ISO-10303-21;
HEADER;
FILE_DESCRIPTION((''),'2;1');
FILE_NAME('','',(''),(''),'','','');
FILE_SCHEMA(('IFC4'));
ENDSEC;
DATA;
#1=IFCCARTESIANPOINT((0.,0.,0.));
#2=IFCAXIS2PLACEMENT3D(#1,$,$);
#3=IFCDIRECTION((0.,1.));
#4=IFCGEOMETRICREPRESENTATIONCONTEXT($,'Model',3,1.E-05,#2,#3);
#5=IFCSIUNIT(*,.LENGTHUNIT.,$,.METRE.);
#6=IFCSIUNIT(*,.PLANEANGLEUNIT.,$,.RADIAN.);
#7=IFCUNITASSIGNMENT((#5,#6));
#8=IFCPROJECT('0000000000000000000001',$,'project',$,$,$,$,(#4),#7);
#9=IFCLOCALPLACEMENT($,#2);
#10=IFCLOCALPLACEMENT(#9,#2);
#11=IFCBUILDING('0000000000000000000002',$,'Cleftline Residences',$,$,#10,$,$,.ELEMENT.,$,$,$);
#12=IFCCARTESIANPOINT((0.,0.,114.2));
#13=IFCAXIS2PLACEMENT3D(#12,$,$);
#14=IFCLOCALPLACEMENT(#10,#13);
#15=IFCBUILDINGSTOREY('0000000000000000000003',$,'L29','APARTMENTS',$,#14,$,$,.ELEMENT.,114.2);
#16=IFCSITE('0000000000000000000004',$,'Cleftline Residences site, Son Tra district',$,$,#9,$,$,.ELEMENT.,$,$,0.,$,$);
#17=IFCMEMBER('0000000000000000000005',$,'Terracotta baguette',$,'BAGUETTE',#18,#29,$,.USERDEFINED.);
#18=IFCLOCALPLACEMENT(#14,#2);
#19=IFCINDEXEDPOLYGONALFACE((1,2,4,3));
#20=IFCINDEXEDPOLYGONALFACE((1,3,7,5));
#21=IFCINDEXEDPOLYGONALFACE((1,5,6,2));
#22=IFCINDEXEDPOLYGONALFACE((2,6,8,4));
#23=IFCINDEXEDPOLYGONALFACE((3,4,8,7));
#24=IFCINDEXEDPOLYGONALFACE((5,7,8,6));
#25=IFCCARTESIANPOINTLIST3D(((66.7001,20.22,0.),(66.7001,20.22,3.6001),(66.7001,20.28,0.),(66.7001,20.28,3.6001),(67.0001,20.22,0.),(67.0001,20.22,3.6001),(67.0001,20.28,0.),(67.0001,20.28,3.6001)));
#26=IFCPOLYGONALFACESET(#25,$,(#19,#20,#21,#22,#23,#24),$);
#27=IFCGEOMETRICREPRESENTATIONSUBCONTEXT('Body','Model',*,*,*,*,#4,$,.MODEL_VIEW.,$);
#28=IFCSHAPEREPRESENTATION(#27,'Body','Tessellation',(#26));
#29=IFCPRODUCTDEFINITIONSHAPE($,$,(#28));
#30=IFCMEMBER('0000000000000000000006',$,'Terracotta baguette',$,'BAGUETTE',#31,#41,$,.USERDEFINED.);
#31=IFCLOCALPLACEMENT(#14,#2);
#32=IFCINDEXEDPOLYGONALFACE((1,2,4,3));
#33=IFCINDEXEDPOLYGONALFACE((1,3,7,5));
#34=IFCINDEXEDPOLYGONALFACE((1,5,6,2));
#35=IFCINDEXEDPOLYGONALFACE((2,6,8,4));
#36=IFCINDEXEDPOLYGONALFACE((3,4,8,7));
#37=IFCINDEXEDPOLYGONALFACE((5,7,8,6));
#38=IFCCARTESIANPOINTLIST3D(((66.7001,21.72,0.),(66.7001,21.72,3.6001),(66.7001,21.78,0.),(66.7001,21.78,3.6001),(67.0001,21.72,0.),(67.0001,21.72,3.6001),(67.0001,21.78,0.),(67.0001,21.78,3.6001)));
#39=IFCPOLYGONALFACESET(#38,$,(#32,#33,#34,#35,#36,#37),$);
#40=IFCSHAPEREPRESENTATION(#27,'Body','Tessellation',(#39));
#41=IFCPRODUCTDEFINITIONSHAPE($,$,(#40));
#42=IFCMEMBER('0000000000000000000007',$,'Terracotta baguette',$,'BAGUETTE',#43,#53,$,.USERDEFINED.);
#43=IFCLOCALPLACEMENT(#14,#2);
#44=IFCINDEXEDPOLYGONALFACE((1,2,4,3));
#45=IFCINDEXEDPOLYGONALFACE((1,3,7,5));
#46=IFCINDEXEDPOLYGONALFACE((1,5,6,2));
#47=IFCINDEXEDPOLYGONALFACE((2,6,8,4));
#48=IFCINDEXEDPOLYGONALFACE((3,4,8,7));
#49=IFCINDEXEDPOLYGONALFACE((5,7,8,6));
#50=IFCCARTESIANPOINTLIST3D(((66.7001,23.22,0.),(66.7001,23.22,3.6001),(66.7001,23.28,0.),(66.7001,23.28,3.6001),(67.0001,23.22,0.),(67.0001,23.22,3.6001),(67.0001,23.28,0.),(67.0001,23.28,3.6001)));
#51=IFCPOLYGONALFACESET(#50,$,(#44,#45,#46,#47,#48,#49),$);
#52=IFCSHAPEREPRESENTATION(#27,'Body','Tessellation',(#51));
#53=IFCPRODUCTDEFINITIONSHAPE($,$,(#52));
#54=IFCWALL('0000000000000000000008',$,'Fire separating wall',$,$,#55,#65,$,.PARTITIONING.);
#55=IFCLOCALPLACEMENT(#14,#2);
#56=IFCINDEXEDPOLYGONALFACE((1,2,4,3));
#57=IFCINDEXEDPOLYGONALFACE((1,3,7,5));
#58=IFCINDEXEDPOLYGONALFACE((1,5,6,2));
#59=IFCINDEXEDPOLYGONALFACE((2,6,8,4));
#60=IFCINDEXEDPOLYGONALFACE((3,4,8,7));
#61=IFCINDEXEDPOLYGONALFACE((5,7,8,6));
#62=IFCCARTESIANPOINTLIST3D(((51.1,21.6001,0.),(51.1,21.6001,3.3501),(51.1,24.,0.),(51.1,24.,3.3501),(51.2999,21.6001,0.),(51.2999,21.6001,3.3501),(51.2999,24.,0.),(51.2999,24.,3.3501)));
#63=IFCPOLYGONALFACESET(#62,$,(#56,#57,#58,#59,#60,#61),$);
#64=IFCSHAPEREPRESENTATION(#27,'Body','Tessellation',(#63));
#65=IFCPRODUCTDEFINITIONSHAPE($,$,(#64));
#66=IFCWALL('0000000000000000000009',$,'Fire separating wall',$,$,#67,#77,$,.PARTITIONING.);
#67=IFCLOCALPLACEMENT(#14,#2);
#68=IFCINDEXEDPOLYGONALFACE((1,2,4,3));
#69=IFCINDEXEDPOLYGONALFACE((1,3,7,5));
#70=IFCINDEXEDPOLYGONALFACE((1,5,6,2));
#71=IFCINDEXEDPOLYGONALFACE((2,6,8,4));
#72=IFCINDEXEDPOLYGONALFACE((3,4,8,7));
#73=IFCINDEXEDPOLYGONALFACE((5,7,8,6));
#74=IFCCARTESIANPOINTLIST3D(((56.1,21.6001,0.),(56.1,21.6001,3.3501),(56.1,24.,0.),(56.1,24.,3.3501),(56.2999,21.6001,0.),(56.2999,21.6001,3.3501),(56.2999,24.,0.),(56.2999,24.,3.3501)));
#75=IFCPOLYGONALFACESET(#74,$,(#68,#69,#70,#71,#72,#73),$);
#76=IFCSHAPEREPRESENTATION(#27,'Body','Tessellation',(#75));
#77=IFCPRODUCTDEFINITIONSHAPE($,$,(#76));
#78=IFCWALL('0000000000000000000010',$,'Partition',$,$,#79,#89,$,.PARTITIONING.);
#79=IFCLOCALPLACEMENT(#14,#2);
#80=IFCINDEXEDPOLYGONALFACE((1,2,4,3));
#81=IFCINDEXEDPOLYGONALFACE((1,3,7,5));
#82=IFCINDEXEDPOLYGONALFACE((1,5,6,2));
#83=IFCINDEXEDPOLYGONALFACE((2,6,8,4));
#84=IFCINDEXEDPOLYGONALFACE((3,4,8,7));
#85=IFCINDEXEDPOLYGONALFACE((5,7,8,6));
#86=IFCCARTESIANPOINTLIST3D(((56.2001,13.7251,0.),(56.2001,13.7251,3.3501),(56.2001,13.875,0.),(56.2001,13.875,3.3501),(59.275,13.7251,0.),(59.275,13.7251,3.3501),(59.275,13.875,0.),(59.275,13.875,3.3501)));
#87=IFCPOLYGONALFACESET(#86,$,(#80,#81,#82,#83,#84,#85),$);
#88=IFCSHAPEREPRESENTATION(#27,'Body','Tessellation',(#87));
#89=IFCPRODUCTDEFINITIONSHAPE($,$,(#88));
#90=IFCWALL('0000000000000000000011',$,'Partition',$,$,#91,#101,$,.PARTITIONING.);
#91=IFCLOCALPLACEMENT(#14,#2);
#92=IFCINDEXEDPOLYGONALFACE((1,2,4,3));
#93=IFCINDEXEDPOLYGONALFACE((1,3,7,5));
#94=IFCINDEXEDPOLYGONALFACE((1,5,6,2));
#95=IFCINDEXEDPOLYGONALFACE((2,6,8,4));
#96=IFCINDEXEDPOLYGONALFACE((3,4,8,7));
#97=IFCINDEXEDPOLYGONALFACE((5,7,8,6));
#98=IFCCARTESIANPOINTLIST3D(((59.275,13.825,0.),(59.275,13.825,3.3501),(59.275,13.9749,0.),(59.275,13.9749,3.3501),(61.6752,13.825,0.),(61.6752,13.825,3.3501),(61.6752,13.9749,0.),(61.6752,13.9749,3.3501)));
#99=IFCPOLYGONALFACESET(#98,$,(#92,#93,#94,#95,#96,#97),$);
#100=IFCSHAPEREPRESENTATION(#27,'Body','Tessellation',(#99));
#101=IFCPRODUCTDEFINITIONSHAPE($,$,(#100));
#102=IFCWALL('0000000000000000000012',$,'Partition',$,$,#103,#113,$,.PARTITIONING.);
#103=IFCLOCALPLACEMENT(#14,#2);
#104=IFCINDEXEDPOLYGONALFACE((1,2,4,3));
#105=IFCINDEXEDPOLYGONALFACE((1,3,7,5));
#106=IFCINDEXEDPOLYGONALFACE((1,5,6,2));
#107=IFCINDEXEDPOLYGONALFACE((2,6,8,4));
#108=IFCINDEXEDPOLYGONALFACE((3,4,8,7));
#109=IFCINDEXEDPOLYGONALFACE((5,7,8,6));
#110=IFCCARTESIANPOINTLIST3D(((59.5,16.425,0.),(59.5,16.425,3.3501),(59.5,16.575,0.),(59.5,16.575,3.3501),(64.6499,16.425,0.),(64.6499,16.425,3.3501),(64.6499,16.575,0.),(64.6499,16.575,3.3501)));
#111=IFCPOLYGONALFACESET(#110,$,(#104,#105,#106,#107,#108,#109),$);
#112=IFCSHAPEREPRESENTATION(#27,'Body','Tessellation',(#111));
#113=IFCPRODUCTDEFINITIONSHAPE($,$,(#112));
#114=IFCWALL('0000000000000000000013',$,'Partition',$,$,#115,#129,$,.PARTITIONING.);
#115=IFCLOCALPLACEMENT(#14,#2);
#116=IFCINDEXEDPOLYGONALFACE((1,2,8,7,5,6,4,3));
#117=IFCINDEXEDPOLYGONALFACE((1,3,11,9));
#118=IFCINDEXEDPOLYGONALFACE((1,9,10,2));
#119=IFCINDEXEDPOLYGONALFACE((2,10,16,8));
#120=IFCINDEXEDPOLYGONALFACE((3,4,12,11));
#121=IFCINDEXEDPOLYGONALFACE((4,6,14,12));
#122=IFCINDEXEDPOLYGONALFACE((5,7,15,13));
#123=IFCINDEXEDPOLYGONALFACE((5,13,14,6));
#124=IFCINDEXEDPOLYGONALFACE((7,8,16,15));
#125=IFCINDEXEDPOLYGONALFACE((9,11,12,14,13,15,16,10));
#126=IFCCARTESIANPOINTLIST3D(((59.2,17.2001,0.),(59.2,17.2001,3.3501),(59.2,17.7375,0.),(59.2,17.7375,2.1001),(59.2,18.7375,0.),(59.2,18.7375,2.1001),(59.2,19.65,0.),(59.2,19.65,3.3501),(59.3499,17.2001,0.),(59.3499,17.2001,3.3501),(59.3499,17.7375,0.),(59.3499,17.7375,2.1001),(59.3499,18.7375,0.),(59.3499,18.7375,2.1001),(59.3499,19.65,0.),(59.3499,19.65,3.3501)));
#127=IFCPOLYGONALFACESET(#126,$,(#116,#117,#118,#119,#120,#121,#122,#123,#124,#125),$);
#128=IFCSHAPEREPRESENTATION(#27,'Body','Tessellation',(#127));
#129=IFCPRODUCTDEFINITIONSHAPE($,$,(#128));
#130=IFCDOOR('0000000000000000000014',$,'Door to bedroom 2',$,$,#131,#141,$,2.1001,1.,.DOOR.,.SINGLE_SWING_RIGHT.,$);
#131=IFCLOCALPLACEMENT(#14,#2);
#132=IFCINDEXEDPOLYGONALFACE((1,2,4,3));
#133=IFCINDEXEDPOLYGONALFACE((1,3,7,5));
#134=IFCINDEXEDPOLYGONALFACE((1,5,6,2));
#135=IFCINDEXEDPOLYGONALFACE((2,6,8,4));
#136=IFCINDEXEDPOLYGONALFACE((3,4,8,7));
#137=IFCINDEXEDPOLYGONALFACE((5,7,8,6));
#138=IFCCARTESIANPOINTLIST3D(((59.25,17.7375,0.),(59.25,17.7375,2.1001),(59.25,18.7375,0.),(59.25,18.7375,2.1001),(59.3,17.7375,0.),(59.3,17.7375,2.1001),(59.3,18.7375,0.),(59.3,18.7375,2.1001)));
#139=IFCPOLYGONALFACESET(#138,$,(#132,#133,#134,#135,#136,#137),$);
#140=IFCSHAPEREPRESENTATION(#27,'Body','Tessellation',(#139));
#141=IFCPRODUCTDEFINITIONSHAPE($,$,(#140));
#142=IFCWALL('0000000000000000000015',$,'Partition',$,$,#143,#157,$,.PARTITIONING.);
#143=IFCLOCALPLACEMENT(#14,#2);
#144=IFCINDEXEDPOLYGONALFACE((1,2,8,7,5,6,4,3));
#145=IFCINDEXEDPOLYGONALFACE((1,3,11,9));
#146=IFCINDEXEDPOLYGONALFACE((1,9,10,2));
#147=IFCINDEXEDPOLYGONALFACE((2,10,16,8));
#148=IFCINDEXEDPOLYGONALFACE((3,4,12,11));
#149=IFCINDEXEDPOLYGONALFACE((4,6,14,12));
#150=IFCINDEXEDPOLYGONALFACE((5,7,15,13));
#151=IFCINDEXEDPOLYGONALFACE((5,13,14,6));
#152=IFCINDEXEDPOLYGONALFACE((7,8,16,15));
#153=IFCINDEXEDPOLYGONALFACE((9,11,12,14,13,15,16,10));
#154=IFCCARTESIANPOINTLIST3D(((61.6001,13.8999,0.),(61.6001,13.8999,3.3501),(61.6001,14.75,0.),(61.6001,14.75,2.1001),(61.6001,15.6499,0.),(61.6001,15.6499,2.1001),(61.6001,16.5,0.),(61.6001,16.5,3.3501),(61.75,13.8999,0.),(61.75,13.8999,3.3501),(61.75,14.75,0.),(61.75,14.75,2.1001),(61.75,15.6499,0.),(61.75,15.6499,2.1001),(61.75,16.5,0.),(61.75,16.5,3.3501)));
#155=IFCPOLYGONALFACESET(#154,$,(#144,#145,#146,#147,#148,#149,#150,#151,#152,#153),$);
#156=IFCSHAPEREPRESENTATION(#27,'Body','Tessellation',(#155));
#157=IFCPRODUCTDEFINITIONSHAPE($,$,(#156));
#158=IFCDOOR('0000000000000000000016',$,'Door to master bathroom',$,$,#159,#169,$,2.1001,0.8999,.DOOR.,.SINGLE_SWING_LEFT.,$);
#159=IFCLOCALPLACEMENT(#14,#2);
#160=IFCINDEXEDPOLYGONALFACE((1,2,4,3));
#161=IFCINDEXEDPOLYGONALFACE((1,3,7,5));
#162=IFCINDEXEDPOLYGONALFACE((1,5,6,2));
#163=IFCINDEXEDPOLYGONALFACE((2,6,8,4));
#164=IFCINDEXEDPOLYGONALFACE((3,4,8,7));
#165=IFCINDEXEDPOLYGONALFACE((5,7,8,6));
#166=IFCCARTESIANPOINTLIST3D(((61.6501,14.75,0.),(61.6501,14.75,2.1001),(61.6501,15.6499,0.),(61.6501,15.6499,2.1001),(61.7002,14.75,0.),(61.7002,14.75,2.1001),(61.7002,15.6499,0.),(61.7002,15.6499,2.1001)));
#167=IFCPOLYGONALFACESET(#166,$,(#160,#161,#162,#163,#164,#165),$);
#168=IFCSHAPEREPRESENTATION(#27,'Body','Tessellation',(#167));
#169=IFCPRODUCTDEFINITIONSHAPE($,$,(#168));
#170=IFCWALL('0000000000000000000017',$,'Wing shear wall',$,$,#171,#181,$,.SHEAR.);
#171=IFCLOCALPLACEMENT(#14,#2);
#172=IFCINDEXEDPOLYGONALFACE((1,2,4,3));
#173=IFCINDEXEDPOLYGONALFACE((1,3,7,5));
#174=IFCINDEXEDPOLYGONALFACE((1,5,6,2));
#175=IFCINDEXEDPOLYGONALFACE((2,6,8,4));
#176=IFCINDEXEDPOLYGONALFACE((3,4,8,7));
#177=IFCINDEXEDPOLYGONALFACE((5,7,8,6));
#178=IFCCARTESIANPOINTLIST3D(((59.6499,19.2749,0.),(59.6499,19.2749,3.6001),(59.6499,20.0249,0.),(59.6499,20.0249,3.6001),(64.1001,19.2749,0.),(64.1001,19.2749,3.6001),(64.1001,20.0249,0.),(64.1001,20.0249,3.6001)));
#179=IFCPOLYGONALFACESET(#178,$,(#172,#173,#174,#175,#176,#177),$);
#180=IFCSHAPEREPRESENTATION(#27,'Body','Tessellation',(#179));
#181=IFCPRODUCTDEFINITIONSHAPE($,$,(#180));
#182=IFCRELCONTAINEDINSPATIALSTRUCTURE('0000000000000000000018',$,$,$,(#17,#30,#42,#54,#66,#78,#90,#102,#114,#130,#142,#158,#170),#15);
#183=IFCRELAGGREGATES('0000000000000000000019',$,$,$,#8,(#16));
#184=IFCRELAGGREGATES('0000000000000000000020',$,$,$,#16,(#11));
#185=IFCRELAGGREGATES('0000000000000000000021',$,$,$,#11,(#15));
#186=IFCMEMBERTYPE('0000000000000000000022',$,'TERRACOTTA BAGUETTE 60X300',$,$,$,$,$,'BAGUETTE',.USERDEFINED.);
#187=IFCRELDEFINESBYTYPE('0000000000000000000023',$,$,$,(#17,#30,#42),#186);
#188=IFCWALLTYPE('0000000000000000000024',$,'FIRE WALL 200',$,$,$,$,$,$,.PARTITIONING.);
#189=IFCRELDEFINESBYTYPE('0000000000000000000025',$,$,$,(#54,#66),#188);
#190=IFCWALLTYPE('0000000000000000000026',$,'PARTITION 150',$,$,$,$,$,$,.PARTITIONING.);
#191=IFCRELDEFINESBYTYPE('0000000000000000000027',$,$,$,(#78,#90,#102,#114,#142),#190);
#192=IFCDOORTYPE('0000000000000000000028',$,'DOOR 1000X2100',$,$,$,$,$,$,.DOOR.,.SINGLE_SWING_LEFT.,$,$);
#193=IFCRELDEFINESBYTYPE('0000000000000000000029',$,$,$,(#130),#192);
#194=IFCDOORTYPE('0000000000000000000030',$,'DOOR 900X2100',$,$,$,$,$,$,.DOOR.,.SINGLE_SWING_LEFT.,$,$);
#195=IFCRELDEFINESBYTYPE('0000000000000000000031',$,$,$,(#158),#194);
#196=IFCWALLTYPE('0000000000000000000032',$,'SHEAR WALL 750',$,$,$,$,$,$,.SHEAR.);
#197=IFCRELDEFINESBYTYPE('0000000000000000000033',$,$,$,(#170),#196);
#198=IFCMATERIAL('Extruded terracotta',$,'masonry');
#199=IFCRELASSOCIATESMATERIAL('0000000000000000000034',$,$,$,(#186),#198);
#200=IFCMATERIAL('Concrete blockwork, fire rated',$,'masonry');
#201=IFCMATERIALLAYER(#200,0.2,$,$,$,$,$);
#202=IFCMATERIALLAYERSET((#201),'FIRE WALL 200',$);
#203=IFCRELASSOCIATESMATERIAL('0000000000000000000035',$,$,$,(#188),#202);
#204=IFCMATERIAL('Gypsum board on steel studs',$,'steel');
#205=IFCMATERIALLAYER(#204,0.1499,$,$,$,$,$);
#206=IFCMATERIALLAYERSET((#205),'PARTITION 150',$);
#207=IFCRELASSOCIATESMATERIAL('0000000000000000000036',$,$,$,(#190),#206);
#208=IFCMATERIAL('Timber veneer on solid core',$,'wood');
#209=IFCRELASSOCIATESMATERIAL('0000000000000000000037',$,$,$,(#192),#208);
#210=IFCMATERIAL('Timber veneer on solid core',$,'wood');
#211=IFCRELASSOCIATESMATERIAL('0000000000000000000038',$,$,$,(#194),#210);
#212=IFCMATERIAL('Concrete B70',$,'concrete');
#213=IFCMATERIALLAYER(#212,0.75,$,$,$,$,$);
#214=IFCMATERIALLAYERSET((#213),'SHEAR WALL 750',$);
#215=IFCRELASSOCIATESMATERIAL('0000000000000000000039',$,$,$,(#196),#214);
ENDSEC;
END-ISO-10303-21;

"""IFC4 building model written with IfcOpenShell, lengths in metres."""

from ifc_helpers import new_model, si_unit, direction, frame, frame_2d, origin, origin_2d, place, context, subcontext, project, spatial, rectangle, extrude, material, layer, layer_set, material_profile, profile_set, type_object, element, fill, save


model = new_model("IFC4")

# Units and contexts
model_context = context("Model", 3, precision=1e-05, world=origin(), true_north=direction((0.0, 1.0)))
body_context = subcontext(model_context, "Body", "Model", "MODEL_VIEW")
ifc_project = project(units=[si_unit("LENGTHUNIT", "METRE"), si_unit("PLANEANGLEUNIT", "RADIAN")], contexts=[model_context])

# Site, building, storey
site_placement = place(None, origin())
site = spatial("IfcSite", under=ifc_project, at=site_placement, Name="Cleftline Residences site, Son Tra district", CompositionType="ELEMENT", RefElevation=0.0)
building_placement = place(site_placement, origin())
building = spatial("IfcBuilding", under=site, at=building_placement, Name="Cleftline Residences", CompositionType="ELEMENT")
storey_placement = place(building_placement, frame((0.0, 0.0, 114.2)))
storey = spatial("IfcBuildingStorey", under=building, at=storey_placement, Name="L29", Description="APARTMENTS", CompositionType="ELEMENT", Elevation=114.2)

# Members
ifc_material_1 = material(Name="Extruded terracotta", Category="masonry")
ifc_material_profile_1 = material_profile(ifc_material_1, rectangle(XDim=0.0601, YDim=0.3, at=origin_2d()))
ifc_profile_set_1 = profile_set([ifc_material_profile_1], Name="Extruded terracotta")
member_type_1 = type_object("IfcMemberType", Name="TERRACOTTA BAGUETTE 60X300", ElementType="BAGUETTE", PredefinedType="USERDEFINED", material=ifc_profile_set_1)
for number, where, z_axis, x_axis, name in (
    (1, (66.8501, 20.25, 0.0), (0.0, 0.0, 1.0), (0.0, 1.0, 0.0), "Terracotta baguette"),
    (2, (66.8501, 21.75, 0.0), (0.0, 0.0, 1.0), (0.0, 1.0, 0.0), "Terracotta baguette"),
    (3, (66.8501, 23.25, 0.0), (0.0, 0.0, 1.0), (0.0, 1.0, 0.0), "Terracotta baguette"),
):
    element("IfcMember", number, at=place(storey_placement, frame(where, z_axis=z_axis, x_axis=x_axis)), inside=storey, type_object=member_type_1, Name=name, ObjectType="BAGUETTE", PredefinedType="USERDEFINED", context=body_context, shape_type="SweptSolid", body=[
        extrude(rectangle(XDim=0.0601, YDim=0.3, at=origin_2d()), origin(), (0.0, 0.0, 1.0), 3.6001),
    ])

# Walls
ifc_material_2 = material(Name="Concrete blockwork, fire rated", Category="masonry")
ifc_layer_1 = layer(ifc_material_2, 0.2)
ifc_layer_set_1 = layer_set([ifc_layer_1], Name="FIRE WALL 200")
wall_type_1 = type_object("IfcWallType", Name="FIRE WALL 200", PredefinedType="PARTITIONING", material=ifc_layer_set_1)
for number, where, z_axis, x_axis, name in (
    (4, (51.2, 21.6001, 0.0), (0.0, 0.0, 1.0), (0.0, 1.0, 0.0), "Fire separating wall"),
    (5, (56.2, 21.6001, 0.0), (0.0, 0.0, 1.0), (0.0, 1.0, 0.0), "Fire separating wall"),
):
    element("IfcWall", number, at=place(storey_placement, frame(where, z_axis=z_axis, x_axis=x_axis)), inside=storey, type_object=wall_type_1, Name=name, PredefinedType="PARTITIONING", context=body_context, shape_type="SweptSolid", body=[
        extrude(rectangle(XDim=2.3999, YDim=0.2, at=frame_2d((1.2, 0.0))), origin(), (0.0, 0.0, 1.0), 3.3501),
    ])
ifc_material_3 = material(Name="Gypsum board on steel studs", Category="steel")
ifc_layer_2 = layer(ifc_material_3, 0.1499)
ifc_layer_set_2 = layer_set([ifc_layer_2], Name="PARTITION 150")
wall_type_2 = type_object("IfcWallType", Name="PARTITION 150", PredefinedType="PARTITIONING", material=ifc_layer_set_2)
wall_1_placement = place(storey_placement, frame((56.2, 13.8, 0.0), z_axis=(0.0, 0.0, 1.0), x_axis=(1.0, 0.0, 0.0)))
element("IfcWall", 6, at=wall_1_placement, inside=storey, type_object=wall_type_2, Name="Partition", PredefinedType="PARTITIONING", context=body_context, shape_type="SweptSolid", body=[
    extrude(rectangle(XDim=3.075, YDim=0.1499, at=frame_2d((1.5376, 0.0))), origin(), (0.0, 0.0, 1.0), 3.3501),
])
wall_2_placement = place(storey_placement, frame((59.2749, 13.8999, 0.0), z_axis=(0.0, 0.0, 1.0), x_axis=(1.0, 0.0, 0.0)))
element("IfcWall", 7, at=wall_2_placement, inside=storey, type_object=wall_type_2, Name="Partition", PredefinedType="PARTITIONING", context=body_context, shape_type="SweptSolid", body=[
    extrude(rectangle(XDim=2.4001, YDim=0.1499, at=frame_2d((1.2002, 0.0))), origin(), (0.0, 0.0, 1.0), 3.3501),
])
wall_3_placement = place(storey_placement, frame((59.5, 16.5, 0.0), z_axis=(0.0, 0.0, 1.0), x_axis=(1.0, 0.0, 0.0)))
element("IfcWall", 8, at=wall_3_placement, inside=storey, type_object=wall_type_2, Name="Partition", PredefinedType="PARTITIONING", context=body_context, shape_type="SweptSolid", body=[
    extrude(rectangle(XDim=5.1499, YDim=0.1499, at=frame_2d((2.575, 0.0))), origin(), (0.0, 0.0, 1.0), 3.3501),
])

# Walls, openings, doors
wall_4_placement = place(storey_placement, frame((59.2749, 17.2, 0.0), z_axis=(0.0, 0.0, 1.0), x_axis=(0.0, 1.0, 0.0)))
wall_4 = element("IfcWall", 9, at=wall_4_placement, inside=storey, type_object=wall_type_2, Name="Partition", PredefinedType="PARTITIONING", context=body_context, shape_type="SweptSolid", body=[
    extrude(rectangle(XDim=2.45, YDim=0.1499, at=frame_2d((1.2251, 0.0))), origin(), (0.0, 0.0, 1.0), 3.3501),
])
opening_1_placement = place(wall_4_placement, frame((0.5376, 0.0, 0.0)))
opening_1 = element("IfcOpeningElement", 10, at=opening_1_placement, cuts=wall_4, PredefinedType="OPENING", context=body_context, shape_type="SweptSolid", body=[
    extrude(rectangle(XDim=1.0, YDim=2.1001, at=frame_2d((0.5, 1.05))), frame((0.0, 0.085, 0.0), z_axis=(0.0, -1.0, 0.0), x_axis=(1.0, 0.0, 0.0)), (0.0, 0.0, 1.0), 0.1699),
])
ifc_material_4 = material(Name="Timber veneer on solid core", Category="wood")
door_type_1 = type_object("IfcDoorType", Name="DOOR 1000X2100", OperationType="SINGLE_SWING_LEFT", PredefinedType="DOOR", material=ifc_material_4)
door_1_placement = place(opening_1_placement, origin())
door_1 = element("IfcDoor", 11, at=door_1_placement, inside=storey, type_object=door_type_1, Name="Door to bedroom 2", OperationType="SINGLE_SWING_RIGHT", OverallHeight=2.1001, OverallWidth=1.0, PredefinedType="DOOR", context=body_context, shape_type="SweptSolid", body=[
    extrude(rectangle(XDim=1.0, YDim=2.1001, at=frame_2d((0.5, 1.05))), frame((0.0, 0.0249, 0.0), z_axis=(0.0, -1.0, 0.0), x_axis=(1.0, 0.0, 0.0)), (0.0, 0.0, 1.0), 0.05),
])
fill(opening_1, door_1)
wall_5_placement = place(storey_placement, frame((61.675, 13.8999, 0.0), z_axis=(0.0, 0.0, 1.0), x_axis=(0.0, 1.0, 0.0)))
wall_5 = element("IfcWall", 12, at=wall_5_placement, inside=storey, type_object=wall_type_2, Name="Partition", PredefinedType="PARTITIONING", context=body_context, shape_type="SweptSolid", body=[
    extrude(rectangle(XDim=2.6001, YDim=0.1499, at=frame_2d((1.3, 0.0))), origin(), (0.0, 0.0, 1.0), 3.3501),
])
opening_2_placement = place(wall_5_placement, frame((0.8501, 0.0, 0.0)))
opening_2 = element("IfcOpeningElement", 13, at=opening_2_placement, cuts=wall_5, PredefinedType="OPENING", context=body_context, shape_type="SweptSolid", body=[
    extrude(rectangle(XDim=0.8999, YDim=2.1001, at=frame_2d((0.45, 1.05))), frame((0.0, 0.085, 0.0), z_axis=(0.0, -1.0, 0.0), x_axis=(1.0, 0.0, 0.0)), (0.0, 0.0, 1.0), 0.1699),
])
ifc_material_5 = material(Name="Timber veneer on solid core", Category="wood")
door_type_2 = type_object("IfcDoorType", Name="DOOR 900X2100", OperationType="SINGLE_SWING_LEFT", PredefinedType="DOOR", material=ifc_material_5)
door_2_placement = place(opening_2_placement, origin())
door_2 = element("IfcDoor", 14, at=door_2_placement, inside=storey, type_object=door_type_2, Name="Door to master bathroom", OperationType="SINGLE_SWING_LEFT", OverallHeight=2.1001, OverallWidth=0.8999, PredefinedType="DOOR", context=body_context, shape_type="SweptSolid", body=[
    extrude(rectangle(XDim=0.8999, YDim=2.1001, at=frame_2d((0.45, 1.05))), frame((0.0, 0.0249, 0.0), z_axis=(0.0, -1.0, 0.0), x_axis=(1.0, 0.0, 0.0)), (0.0, 0.0, 1.0), 0.05),
])
fill(opening_2, door_2)

# Wall
ifc_material_6 = material(Name="Concrete B70", Category="concrete")
ifc_layer_3 = layer(ifc_material_6, 0.75)
ifc_layer_set_3 = layer_set([ifc_layer_3], Name="SHEAR WALL 750")
wall_type_3 = type_object("IfcWallType", Name="SHEAR WALL 750", PredefinedType="SHEAR", material=ifc_layer_set_3)
wall_6_placement = place(storey_placement, frame((59.6499, 19.6499, 0.0), z_axis=(0.0, 0.0, 1.0), x_axis=(1.0, 0.0, 0.0)))
element("IfcWall", 15, at=wall_6_placement, inside=storey, type_object=wall_type_3, Name="Wing shear wall", PredefinedType="SHEAR", context=body_context, shape_type="SweptSolid", body=[
    extrude(rectangle(XDim=4.4502, YDim=0.75, at=frame_2d((2.2251, 0.0))), origin(), (0.0, 0.0, 1.0), 3.6001),
])

save(model, "model.ifc")
